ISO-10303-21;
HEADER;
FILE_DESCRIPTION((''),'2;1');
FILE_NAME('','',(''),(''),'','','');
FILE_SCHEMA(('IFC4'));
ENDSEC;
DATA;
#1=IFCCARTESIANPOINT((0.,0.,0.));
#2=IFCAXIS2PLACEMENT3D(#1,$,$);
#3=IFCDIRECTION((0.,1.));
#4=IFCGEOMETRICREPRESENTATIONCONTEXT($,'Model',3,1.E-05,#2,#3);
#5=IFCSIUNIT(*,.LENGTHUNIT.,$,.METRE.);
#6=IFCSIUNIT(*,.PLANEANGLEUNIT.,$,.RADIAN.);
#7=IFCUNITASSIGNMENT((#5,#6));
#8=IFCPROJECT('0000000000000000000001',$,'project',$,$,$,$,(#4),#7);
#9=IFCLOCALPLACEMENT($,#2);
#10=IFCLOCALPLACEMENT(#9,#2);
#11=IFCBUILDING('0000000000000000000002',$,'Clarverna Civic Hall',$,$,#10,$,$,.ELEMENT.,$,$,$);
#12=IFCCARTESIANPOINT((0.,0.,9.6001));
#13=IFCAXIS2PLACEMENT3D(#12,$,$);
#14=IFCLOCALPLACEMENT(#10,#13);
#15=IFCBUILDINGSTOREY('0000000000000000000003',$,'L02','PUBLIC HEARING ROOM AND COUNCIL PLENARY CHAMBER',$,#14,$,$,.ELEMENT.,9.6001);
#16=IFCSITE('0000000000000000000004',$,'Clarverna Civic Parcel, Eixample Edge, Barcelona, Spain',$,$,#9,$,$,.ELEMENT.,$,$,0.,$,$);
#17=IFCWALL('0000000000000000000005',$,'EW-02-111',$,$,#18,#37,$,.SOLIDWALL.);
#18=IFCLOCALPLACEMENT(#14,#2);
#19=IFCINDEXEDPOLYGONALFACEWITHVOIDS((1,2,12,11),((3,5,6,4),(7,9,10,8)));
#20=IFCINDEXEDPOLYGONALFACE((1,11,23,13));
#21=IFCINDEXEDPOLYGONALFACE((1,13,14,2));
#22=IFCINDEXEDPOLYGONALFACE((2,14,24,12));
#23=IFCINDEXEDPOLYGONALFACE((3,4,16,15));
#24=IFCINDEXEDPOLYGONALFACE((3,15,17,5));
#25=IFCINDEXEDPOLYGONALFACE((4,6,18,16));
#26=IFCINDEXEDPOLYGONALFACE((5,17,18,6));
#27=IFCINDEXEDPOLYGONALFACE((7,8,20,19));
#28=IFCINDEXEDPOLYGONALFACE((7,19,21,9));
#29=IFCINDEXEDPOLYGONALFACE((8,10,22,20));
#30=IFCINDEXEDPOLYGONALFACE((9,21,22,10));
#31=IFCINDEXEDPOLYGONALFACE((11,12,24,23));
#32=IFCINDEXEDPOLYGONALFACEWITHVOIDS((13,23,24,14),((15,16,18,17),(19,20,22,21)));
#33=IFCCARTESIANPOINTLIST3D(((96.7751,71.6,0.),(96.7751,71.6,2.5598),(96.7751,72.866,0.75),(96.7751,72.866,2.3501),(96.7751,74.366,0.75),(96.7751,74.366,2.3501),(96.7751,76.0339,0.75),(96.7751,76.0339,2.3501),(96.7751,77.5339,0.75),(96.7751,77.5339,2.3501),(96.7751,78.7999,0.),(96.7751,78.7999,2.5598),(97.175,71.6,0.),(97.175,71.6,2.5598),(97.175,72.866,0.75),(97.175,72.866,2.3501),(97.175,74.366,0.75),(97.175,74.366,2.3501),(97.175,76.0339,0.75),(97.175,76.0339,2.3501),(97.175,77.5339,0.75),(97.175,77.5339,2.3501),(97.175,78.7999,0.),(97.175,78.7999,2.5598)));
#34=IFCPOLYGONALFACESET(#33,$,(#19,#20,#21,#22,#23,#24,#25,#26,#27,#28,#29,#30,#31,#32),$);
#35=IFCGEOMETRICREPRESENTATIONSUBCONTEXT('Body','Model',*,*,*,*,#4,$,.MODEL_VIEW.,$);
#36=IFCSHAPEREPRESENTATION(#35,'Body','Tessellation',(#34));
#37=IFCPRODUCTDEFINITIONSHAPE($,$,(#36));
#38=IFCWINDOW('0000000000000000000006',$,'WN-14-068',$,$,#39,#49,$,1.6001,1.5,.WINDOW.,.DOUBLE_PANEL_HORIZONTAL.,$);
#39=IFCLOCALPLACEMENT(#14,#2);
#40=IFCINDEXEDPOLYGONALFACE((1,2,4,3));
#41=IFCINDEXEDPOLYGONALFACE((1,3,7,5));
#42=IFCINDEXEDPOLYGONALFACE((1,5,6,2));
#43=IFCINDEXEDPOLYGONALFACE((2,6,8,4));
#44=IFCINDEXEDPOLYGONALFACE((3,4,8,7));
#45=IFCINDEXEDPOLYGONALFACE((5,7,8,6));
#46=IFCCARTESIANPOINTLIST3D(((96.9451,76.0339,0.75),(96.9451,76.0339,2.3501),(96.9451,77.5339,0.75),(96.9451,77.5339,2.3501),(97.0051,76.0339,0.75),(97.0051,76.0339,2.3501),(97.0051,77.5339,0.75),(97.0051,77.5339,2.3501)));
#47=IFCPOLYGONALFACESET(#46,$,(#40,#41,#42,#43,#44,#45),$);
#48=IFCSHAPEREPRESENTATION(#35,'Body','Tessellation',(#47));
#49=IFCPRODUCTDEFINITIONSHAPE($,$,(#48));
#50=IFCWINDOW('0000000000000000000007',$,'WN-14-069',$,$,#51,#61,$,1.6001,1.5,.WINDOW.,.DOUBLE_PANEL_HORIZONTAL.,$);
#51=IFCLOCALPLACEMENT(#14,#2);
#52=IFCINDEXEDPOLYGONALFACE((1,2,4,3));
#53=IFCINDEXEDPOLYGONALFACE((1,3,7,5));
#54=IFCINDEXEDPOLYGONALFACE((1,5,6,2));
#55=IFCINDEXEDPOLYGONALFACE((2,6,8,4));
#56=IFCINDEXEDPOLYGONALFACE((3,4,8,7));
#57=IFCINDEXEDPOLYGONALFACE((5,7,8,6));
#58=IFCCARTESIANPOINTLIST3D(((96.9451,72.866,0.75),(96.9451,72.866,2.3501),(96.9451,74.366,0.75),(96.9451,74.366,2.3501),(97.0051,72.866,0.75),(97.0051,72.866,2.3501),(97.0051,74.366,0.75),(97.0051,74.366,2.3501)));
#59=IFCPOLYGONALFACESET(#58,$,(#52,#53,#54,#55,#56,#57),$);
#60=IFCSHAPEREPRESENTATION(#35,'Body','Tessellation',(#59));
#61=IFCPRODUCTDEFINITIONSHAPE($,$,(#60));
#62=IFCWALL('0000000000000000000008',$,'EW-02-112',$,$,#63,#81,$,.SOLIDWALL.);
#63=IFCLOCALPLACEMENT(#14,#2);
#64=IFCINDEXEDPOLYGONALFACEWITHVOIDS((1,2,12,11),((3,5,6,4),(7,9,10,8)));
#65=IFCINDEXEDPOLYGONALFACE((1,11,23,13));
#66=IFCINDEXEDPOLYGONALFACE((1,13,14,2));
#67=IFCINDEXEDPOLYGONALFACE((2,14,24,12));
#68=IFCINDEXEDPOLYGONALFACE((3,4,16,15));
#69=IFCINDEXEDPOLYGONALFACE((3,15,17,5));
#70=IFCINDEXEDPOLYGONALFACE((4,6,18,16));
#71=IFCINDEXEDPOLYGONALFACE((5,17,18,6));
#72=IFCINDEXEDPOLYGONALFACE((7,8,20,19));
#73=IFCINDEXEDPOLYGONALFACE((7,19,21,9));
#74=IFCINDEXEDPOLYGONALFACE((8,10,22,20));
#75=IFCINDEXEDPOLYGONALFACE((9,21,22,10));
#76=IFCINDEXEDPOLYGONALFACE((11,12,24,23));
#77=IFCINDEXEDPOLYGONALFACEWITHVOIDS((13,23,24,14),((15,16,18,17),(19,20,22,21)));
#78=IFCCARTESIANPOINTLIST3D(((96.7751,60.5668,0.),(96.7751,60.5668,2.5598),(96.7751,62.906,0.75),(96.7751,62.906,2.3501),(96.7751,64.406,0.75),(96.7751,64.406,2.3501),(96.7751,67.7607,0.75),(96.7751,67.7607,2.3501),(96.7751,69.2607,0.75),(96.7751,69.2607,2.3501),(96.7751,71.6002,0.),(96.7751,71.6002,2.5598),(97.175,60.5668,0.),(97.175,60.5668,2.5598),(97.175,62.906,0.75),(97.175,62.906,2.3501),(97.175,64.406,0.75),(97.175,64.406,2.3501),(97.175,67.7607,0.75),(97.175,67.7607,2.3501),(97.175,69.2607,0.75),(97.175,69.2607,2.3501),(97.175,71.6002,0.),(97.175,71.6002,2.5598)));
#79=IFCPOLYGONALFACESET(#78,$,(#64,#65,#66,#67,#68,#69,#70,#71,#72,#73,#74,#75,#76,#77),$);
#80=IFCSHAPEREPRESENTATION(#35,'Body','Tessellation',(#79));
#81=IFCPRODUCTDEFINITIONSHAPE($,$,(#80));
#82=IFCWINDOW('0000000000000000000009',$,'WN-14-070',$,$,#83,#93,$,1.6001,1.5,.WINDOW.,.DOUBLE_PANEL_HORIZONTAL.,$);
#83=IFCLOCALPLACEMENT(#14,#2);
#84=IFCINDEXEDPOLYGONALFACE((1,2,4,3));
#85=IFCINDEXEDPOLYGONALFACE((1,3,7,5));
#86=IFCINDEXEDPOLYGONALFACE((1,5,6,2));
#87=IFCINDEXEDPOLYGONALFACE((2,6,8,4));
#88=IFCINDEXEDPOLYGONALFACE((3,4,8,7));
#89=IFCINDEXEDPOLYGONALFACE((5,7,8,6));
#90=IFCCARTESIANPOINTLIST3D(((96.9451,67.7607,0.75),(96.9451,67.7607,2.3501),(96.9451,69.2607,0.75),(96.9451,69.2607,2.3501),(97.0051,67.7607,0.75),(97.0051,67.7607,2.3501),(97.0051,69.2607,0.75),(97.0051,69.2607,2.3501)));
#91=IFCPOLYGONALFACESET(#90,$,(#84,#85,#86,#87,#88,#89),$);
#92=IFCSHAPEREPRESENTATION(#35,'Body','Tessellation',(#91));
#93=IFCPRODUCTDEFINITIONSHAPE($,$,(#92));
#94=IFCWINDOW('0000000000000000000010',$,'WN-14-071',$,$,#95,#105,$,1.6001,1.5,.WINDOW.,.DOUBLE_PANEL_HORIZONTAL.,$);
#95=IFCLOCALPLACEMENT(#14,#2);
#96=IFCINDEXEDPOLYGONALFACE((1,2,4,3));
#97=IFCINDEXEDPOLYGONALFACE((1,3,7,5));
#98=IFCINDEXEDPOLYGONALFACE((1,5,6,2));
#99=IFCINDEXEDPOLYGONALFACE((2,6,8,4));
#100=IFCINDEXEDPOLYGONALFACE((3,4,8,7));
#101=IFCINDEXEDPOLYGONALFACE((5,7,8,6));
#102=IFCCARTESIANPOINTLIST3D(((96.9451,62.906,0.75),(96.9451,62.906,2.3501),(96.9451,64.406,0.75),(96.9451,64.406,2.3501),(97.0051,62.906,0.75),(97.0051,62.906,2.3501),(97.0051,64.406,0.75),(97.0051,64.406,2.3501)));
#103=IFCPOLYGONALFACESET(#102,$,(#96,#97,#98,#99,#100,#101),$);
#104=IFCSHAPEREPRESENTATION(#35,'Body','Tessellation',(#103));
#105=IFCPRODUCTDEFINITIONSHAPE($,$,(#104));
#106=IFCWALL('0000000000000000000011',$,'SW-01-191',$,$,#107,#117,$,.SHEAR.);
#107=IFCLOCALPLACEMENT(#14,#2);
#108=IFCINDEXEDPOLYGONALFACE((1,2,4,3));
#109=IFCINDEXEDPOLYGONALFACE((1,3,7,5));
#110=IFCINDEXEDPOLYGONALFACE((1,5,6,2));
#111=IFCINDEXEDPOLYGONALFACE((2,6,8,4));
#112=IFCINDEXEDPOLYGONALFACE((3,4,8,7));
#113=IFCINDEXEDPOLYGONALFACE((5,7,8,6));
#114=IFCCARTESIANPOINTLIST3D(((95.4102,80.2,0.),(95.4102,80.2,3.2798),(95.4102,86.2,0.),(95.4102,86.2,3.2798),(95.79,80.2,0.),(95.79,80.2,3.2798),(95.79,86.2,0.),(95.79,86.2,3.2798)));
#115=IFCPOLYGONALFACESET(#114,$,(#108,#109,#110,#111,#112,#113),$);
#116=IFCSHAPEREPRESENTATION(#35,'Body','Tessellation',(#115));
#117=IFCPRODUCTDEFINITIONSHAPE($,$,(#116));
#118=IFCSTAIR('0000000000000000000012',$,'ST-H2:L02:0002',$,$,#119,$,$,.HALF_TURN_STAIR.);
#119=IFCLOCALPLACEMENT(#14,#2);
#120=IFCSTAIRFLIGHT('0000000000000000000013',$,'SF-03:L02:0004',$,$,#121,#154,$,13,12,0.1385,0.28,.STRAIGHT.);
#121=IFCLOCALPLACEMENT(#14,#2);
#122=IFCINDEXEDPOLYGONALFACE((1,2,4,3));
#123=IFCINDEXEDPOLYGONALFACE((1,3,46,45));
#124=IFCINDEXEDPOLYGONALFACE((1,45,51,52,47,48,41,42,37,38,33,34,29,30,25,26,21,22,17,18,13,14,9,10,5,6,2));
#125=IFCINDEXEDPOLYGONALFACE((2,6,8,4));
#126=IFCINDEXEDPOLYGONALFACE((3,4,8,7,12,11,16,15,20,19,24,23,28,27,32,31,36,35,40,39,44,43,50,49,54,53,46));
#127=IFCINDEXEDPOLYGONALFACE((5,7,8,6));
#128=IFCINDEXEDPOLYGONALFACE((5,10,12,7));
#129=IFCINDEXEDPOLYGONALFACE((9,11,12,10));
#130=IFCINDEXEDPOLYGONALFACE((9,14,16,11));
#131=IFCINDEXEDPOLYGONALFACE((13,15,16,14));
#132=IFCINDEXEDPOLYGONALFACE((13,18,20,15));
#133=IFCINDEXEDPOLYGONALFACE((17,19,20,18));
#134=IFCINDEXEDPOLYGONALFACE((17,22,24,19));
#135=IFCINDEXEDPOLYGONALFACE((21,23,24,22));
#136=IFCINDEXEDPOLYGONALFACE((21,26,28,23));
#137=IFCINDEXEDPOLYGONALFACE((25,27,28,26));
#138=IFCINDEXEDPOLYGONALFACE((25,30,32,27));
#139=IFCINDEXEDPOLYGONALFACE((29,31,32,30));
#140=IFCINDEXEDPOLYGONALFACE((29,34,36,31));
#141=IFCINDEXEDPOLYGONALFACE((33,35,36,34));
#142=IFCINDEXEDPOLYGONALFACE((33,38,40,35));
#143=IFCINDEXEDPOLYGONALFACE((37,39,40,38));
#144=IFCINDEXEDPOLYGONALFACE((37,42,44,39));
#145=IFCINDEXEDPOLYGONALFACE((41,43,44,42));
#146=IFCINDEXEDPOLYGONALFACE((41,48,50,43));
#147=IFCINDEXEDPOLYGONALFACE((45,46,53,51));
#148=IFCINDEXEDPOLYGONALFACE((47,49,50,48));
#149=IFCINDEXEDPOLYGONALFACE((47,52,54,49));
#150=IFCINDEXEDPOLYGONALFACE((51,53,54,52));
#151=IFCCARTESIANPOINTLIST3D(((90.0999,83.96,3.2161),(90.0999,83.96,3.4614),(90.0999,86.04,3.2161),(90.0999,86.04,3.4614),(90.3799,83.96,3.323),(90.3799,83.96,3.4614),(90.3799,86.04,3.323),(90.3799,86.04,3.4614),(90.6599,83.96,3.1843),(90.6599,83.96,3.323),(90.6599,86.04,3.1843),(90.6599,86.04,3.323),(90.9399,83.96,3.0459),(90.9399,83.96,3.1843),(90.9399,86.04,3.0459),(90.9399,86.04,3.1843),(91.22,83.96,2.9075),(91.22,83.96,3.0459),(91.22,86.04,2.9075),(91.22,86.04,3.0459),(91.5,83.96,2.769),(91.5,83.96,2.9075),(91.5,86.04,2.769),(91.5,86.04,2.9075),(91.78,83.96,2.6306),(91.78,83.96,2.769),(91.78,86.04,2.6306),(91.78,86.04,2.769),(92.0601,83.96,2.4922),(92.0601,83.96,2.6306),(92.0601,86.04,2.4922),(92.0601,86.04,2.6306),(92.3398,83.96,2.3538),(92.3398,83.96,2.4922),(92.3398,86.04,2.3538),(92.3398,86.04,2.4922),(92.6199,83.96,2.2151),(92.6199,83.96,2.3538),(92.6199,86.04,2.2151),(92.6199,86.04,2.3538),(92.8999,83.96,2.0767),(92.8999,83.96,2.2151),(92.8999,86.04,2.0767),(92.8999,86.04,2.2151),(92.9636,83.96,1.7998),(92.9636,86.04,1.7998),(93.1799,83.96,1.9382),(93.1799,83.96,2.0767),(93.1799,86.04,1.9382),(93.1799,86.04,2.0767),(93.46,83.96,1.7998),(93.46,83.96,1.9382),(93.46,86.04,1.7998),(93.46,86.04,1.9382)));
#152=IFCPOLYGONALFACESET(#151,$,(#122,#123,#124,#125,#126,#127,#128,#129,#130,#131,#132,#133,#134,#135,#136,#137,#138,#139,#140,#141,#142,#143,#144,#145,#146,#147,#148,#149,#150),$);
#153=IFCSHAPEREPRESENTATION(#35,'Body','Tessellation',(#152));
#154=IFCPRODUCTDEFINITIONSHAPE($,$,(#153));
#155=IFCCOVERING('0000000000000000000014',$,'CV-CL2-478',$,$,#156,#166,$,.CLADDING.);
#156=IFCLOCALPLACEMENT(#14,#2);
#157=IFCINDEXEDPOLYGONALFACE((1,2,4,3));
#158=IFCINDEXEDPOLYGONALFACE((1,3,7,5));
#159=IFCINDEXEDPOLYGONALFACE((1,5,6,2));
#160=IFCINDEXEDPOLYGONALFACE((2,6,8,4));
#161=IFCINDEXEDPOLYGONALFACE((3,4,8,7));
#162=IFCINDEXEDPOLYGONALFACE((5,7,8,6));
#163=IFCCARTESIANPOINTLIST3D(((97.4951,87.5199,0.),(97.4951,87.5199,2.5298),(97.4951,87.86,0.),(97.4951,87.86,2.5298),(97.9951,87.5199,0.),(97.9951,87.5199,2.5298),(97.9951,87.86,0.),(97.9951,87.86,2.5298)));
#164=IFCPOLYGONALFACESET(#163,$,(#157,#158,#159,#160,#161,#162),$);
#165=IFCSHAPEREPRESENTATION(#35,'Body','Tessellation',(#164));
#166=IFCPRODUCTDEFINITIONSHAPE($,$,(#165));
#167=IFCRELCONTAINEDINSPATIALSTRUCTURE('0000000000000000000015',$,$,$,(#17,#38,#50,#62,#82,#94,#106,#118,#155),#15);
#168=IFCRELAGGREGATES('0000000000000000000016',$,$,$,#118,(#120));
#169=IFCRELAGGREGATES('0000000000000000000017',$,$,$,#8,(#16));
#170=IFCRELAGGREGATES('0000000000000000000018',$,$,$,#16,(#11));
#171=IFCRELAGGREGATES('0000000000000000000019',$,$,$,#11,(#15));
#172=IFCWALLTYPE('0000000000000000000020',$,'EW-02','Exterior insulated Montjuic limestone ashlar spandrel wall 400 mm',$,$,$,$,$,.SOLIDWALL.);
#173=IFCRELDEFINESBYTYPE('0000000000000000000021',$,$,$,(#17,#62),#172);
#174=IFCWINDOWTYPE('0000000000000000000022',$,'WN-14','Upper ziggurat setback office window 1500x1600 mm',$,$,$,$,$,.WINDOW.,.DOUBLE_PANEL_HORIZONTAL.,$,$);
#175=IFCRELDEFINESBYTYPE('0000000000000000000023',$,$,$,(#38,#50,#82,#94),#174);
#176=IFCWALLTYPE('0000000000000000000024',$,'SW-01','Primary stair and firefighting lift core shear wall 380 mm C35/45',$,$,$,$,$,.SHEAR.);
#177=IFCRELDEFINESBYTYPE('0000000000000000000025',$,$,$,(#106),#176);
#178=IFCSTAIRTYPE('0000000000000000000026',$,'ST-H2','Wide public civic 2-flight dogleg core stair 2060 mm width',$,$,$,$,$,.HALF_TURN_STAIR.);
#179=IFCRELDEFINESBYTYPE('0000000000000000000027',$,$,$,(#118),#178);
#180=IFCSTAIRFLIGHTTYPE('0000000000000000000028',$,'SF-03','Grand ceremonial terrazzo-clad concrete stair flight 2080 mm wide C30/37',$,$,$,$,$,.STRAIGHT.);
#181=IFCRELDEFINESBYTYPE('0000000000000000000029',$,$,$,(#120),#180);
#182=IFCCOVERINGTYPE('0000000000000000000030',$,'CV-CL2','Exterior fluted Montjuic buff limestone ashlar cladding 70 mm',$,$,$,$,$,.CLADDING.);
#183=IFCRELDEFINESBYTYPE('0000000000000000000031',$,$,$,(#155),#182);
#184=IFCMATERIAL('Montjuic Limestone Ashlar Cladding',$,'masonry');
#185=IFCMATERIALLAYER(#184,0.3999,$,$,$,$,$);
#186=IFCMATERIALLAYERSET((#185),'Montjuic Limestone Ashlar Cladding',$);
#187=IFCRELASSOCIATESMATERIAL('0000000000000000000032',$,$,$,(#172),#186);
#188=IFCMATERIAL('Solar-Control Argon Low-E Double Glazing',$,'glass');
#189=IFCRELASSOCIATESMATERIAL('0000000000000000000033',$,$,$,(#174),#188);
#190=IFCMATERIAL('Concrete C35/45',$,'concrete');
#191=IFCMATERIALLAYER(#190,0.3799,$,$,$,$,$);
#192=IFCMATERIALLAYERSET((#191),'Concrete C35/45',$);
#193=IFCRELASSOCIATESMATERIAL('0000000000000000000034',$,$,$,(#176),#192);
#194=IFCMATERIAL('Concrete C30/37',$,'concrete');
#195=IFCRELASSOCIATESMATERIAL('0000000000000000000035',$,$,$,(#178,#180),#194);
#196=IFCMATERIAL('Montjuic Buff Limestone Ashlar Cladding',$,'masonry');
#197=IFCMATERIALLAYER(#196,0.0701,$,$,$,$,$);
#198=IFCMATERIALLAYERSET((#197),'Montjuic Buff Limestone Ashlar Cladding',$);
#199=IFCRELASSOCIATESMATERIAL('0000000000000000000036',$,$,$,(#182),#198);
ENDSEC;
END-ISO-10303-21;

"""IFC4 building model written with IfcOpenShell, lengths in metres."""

from ifc_helpers import new_model, si_unit, direction, frame, frame_2d, origin, place, context, subcontext, project, spatial, polyline, rectangle, outline, extrude, material, layer, layer_set, type_object, element, fill, aggregate, save


model = new_model("IFC4")

# Units and contexts
model_context = context("Model", 3, precision=1e-05, world=origin(), true_north=direction((0.0, 1.0)))
body_context = subcontext(model_context, "Body", "Model", "MODEL_VIEW")
ifc_project = project(units=[si_unit("LENGTHUNIT", "METRE"), si_unit("PLANEANGLEUNIT", "RADIAN")], contexts=[model_context])

# Site, building, storey
site_placement = place(None, origin())
site = spatial("IfcSite", under=ifc_project, at=site_placement, Name="Clarverna Civic Parcel, Eixample Edge, Barcelona, Spain", CompositionType="ELEMENT", RefElevation=0.0)
building_placement = place(site_placement, origin())
building = spatial("IfcBuilding", under=site, at=building_placement, Name="Clarverna Civic Hall", CompositionType="ELEMENT")
storey_placement = place(building_placement, frame((0.0, 0.0, 9.6001)))
storey = spatial("IfcBuildingStorey", under=building, at=storey_placement, Name="L02", Description="PUBLIC HEARING ROOM AND COUNCIL PLENARY CHAMBER", CompositionType="ELEMENT", Elevation=9.6001)

# Shared definitions
ifc_material_1 = material(Name="Concrete C35/45", Category="concrete")

# Walls, openings, windows
ifc_material_2 = material(Name="Montjuic Limestone Ashlar Cladding", Category="masonry")
ifc_layer_1 = layer(ifc_material_2, 0.3999)
ifc_layer_set_1 = layer_set([ifc_layer_1], Name="Montjuic Limestone Ashlar Cladding")
wall_type_1 = type_object("IfcWallType", Name="EW-02", Description="Exterior insulated Montjuic limestone ashlar spandrel wall 400 mm", PredefinedType="SOLIDWALL", material=ifc_layer_set_1)
ifc_material_3 = material(Name="Solar-Control Argon Low-E Double Glazing", Category="glass")
window_type = type_object("IfcWindowType", Name="WN-14", Description="Upper ziggurat setback office window 1500x1600 mm", PartitioningType="DOUBLE_PANEL_HORIZONTAL", PredefinedType="WINDOW", material=ifc_material_3)
wall_1_placement = place(storey_placement, frame((96.9751, 78.8, 0.0), z_axis=(0.0, 0.0, 1.0), x_axis=(0.0, -1.0, 0.0)))
wall_1 = element("IfcWall", 1, at=wall_1_placement, inside=storey, type_object=wall_type_1, Name="EW-02-111", PredefinedType="SOLIDWALL", context=body_context, shape_type="SweptSolid", body=[
    extrude(rectangle(XDim=7.2, YDim=0.3999, at=frame_2d((3.6001, 0.0))), origin(), (0.0, 0.0, 1.0), 2.5598),
])
opening_1_placement = place(wall_1_placement, frame((1.2661, 0.0, 0.75)))
opening_1 = element("IfcOpeningElement", 2, at=opening_1_placement, cuts=wall_1, PredefinedType="OPENING", context=body_context, shape_type="SweptSolid", body=[
    extrude(rectangle(XDim=1.5, YDim=1.6001, at=frame_2d((0.75, 0.8))), frame((0.0, 0.21, 0.0), z_axis=(0.0, -1.0, 0.0), x_axis=(1.0, 0.0, 0.0)), (0.0, 0.0, 1.0), 0.4199),
])
opening_2_placement = place(wall_1_placement, frame((4.4341, 0.0, 0.75)))
opening_2 = element("IfcOpeningElement", 3, at=opening_2_placement, cuts=wall_1, PredefinedType="OPENING", context=body_context, shape_type="SweptSolid", body=[
    extrude(rectangle(XDim=1.5, YDim=1.6001, at=frame_2d((0.75, 0.8))), frame((0.0, 0.21, 0.0), z_axis=(0.0, -1.0, 0.0), x_axis=(1.0, 0.0, 0.0)), (0.0, 0.0, 1.0), 0.4199),
])
window_1_placement = place(opening_1_placement, origin())
window_1 = element("IfcWindow", 4, at=window_1_placement, inside=storey, type_object=window_type, Name="WN-14-068", OverallHeight=1.6001, OverallWidth=1.5, PartitioningType="DOUBLE_PANEL_HORIZONTAL", PredefinedType="WINDOW", context=body_context, shape_type="SweptSolid", body=[
    extrude(rectangle(XDim=1.5, YDim=1.6001, at=frame_2d((0.75, 0.8))), frame((0.0, 0.03, 0.0), z_axis=(0.0, -1.0, 0.0), x_axis=(1.0, 0.0, 0.0)), (0.0, 0.0, 1.0), 0.0601),
])
fill(opening_1, window_1)
window_2_placement = place(opening_2_placement, origin())
window_2 = element("IfcWindow", 5, at=window_2_placement, inside=storey, type_object=window_type, Name="WN-14-069", OverallHeight=1.6001, OverallWidth=1.5, PartitioningType="DOUBLE_PANEL_HORIZONTAL", PredefinedType="WINDOW", context=body_context, shape_type="SweptSolid", body=[
    extrude(rectangle(XDim=1.5, YDim=1.6001, at=frame_2d((0.75, 0.8))), frame((0.0, 0.03, 0.0), z_axis=(0.0, -1.0, 0.0), x_axis=(1.0, 0.0, 0.0)), (0.0, 0.0, 1.0), 0.0601),
])
fill(opening_2, window_2)
wall_2_placement = place(storey_placement, frame((96.9751, 71.6001, 0.0), z_axis=(0.0, 0.0, 1.0), x_axis=(0.0, -1.0, 0.0)))
wall_2 = element("IfcWall", 6, at=wall_2_placement, inside=storey, type_object=wall_type_1, Name="EW-02-112", PredefinedType="SOLIDWALL", context=body_context, shape_type="SweptSolid", body=[
    extrude(rectangle(XDim=11.0334, YDim=0.3999, at=frame_2d((5.5166, 0.0))), origin(), (0.0, 0.0, 1.0), 2.5598),
])
opening_3_placement = place(wall_2_placement, frame((2.3394, 0.0, 0.75)))
opening_3 = element("IfcOpeningElement", 7, at=opening_3_placement, cuts=wall_2, PredefinedType="OPENING", context=body_context, shape_type="SweptSolid", body=[
    extrude(rectangle(XDim=1.5, YDim=1.6001, at=frame_2d((0.75, 0.8))), frame((0.0, 0.21, 0.0), z_axis=(0.0, -1.0, 0.0), x_axis=(1.0, 0.0, 0.0)), (0.0, 0.0, 1.0), 0.4199),
])
opening_4_placement = place(wall_2_placement, frame((7.1941, 0.0, 0.75)))
opening_4 = element("IfcOpeningElement", 8, at=opening_4_placement, cuts=wall_2, PredefinedType="OPENING", context=body_context, shape_type="SweptSolid", body=[
    extrude(rectangle(XDim=1.5, YDim=1.6001, at=frame_2d((0.75, 0.8))), frame((0.0, 0.21, 0.0), z_axis=(0.0, -1.0, 0.0), x_axis=(1.0, 0.0, 0.0)), (0.0, 0.0, 1.0), 0.4199),
])
window_3_placement = place(opening_3_placement, origin())
window_3 = element("IfcWindow", 9, at=window_3_placement, inside=storey, type_object=window_type, Name="WN-14-070", OverallHeight=1.6001, OverallWidth=1.5, PartitioningType="DOUBLE_PANEL_HORIZONTAL", PredefinedType="WINDOW", context=body_context, shape_type="SweptSolid", body=[
    extrude(rectangle(XDim=1.5, YDim=1.6001, at=frame_2d((0.75, 0.8))), frame((0.0, 0.03, 0.0), z_axis=(0.0, -1.0, 0.0), x_axis=(1.0, 0.0, 0.0)), (0.0, 0.0, 1.0), 0.0601),
])
fill(opening_3, window_3)
window_4_placement = place(opening_4_placement, origin())
window_4 = element("IfcWindow", 10, at=window_4_placement, inside=storey, type_object=window_type, Name="WN-14-071", OverallHeight=1.6001, OverallWidth=1.5, PartitioningType="DOUBLE_PANEL_HORIZONTAL", PredefinedType="WINDOW", context=body_context, shape_type="SweptSolid", body=[
    extrude(rectangle(XDim=1.5, YDim=1.6001, at=frame_2d((0.75, 0.8))), frame((0.0, 0.03, 0.0), z_axis=(0.0, -1.0, 0.0), x_axis=(1.0, 0.0, 0.0)), (0.0, 0.0, 1.0), 0.0601),
])
fill(opening_4, window_4)

# Wall
ifc_layer_2 = layer(ifc_material_1, 0.3799)
ifc_layer_set_2 = layer_set([ifc_layer_2], Name="Concrete C35/45")
wall_type_2 = type_object("IfcWallType", Name="SW-01", Description="Primary stair and firefighting lift core shear wall 380 mm C35/45", PredefinedType="SHEAR", material=ifc_layer_set_2)
wall_3_placement = place(storey_placement, frame((95.6001, 80.2, 0.0), z_axis=(0.0, 0.0, 1.0), x_axis=(0.0, 1.0, 0.0)))
element("IfcWall", 11, at=wall_3_placement, inside=storey, type_object=wall_type_2, Name="SW-01-191", PredefinedType="SHEAR", context=body_context, shape_type="SweptSolid", body=[
    extrude(rectangle(XDim=6.0, YDim=0.3799, at=frame_2d((3.0, 0.0))), origin(), (0.0, 0.0, 1.0), 3.2798),
])

# Stair, stair flight
ifc_material_4 = material(Name="Concrete C30/37", Category="concrete")
stair_type = type_object("IfcStairType", Name="ST-H2", Description="Wide public civic 2-flight dogleg core stair 2060 mm width", PredefinedType="HALF_TURN_STAIR", material=ifc_material_4)
stair_placement = place(storey_placement, origin())
stair = element("IfcStair", 12, at=stair_placement, inside=storey, type_object=stair_type, Name="ST-H2:L02:0002", PredefinedType="HALF_TURN_STAIR")
stair_flight_type = type_object("IfcStairFlightType", Name="SF-03", Description="Grand ceremonial terrazzo-clad concrete stair flight 2080 mm wide C30/37", PredefinedType="STRAIGHT", material=ifc_material_4)
stair_flight_placement = place(storey_placement, frame((93.46, 85.0, 1.7998), z_axis=(0.0, 0.0, 1.0), x_axis=(-1.0, 0.0, 0.0)))
stair_flight = element("IfcStairFlight", 13, at=stair_flight_placement, type_object=stair_flight_type, Name="SF-03:L02:0004", NumberOfRisers=13, NumberOfTreads=12, PredefinedType="STRAIGHT", RiserHeight=0.1385, TreadLength=0.28, context=body_context, shape_type="SweptSolid", body=[
    extrude(outline(polyline([(0.0, 0.0), (0.0, 0.1384), (0.28, 0.1384), (0.28, 0.2769), (0.5601, 0.2769), (0.5601, 0.4153), (0.8401, 0.4153), (0.8401, 0.554), (1.1201, 0.554), (1.1201, 0.6924), (1.3999, 0.6924), (1.3999, 0.8308), (1.6799, 0.8308), (1.6799, 0.9692), (1.96, 0.9692), (1.96, 1.1077), (2.24, 1.1077), (2.24, 1.2461), (2.52, 1.2461), (2.52, 1.3845), (2.8, 1.3845), (2.8, 1.5232), (3.0801, 1.5232), (3.0801, 1.6616), (3.3601, 1.6616), (3.3601, 1.8), (3.3601, 1.4163), (0.4963, 0.0), (0.0, 0.0)])), frame((0.0, 1.04, 0.0), z_axis=(0.0, -1.0, 0.0), x_axis=(1.0, 0.0, 0.0)), (0.0, 0.0, 1.0), 2.0801),
])
aggregate(stair, [stair_flight])

# Covering
ifc_material_5 = material(Name="Montjuic Buff Limestone Ashlar Cladding", Category="masonry")
ifc_layer_3 = layer(ifc_material_5, 0.0701)
ifc_layer_set_3 = layer_set([ifc_layer_3], Name="Montjuic Buff Limestone Ashlar Cladding")
covering_type = type_object("IfcCoveringType", Name="CV-CL2", Description="Exterior fluted Montjuic buff limestone ashlar cladding 70 mm", PredefinedType="CLADDING", material=ifc_layer_set_3)
covering_1_placement = place(storey_placement, frame((97.9951, 87.6899, 0.0), z_axis=(0.0, 0.0, 1.0), x_axis=(-1.0, 0.0, 0.0)))
element("IfcCovering", 14, at=covering_1_placement, inside=storey, type_object=covering_type, Name="CV-CL2-478", PredefinedType="CLADDING", context=body_context, shape_type="SweptSolid", body=[
    extrude(rectangle(XDim=0.5, YDim=0.3401, at=frame_2d((0.25, 0.0))), origin(), (0.0, 0.0, 1.0), 2.5298),
])

save(model, "model.ifc")
